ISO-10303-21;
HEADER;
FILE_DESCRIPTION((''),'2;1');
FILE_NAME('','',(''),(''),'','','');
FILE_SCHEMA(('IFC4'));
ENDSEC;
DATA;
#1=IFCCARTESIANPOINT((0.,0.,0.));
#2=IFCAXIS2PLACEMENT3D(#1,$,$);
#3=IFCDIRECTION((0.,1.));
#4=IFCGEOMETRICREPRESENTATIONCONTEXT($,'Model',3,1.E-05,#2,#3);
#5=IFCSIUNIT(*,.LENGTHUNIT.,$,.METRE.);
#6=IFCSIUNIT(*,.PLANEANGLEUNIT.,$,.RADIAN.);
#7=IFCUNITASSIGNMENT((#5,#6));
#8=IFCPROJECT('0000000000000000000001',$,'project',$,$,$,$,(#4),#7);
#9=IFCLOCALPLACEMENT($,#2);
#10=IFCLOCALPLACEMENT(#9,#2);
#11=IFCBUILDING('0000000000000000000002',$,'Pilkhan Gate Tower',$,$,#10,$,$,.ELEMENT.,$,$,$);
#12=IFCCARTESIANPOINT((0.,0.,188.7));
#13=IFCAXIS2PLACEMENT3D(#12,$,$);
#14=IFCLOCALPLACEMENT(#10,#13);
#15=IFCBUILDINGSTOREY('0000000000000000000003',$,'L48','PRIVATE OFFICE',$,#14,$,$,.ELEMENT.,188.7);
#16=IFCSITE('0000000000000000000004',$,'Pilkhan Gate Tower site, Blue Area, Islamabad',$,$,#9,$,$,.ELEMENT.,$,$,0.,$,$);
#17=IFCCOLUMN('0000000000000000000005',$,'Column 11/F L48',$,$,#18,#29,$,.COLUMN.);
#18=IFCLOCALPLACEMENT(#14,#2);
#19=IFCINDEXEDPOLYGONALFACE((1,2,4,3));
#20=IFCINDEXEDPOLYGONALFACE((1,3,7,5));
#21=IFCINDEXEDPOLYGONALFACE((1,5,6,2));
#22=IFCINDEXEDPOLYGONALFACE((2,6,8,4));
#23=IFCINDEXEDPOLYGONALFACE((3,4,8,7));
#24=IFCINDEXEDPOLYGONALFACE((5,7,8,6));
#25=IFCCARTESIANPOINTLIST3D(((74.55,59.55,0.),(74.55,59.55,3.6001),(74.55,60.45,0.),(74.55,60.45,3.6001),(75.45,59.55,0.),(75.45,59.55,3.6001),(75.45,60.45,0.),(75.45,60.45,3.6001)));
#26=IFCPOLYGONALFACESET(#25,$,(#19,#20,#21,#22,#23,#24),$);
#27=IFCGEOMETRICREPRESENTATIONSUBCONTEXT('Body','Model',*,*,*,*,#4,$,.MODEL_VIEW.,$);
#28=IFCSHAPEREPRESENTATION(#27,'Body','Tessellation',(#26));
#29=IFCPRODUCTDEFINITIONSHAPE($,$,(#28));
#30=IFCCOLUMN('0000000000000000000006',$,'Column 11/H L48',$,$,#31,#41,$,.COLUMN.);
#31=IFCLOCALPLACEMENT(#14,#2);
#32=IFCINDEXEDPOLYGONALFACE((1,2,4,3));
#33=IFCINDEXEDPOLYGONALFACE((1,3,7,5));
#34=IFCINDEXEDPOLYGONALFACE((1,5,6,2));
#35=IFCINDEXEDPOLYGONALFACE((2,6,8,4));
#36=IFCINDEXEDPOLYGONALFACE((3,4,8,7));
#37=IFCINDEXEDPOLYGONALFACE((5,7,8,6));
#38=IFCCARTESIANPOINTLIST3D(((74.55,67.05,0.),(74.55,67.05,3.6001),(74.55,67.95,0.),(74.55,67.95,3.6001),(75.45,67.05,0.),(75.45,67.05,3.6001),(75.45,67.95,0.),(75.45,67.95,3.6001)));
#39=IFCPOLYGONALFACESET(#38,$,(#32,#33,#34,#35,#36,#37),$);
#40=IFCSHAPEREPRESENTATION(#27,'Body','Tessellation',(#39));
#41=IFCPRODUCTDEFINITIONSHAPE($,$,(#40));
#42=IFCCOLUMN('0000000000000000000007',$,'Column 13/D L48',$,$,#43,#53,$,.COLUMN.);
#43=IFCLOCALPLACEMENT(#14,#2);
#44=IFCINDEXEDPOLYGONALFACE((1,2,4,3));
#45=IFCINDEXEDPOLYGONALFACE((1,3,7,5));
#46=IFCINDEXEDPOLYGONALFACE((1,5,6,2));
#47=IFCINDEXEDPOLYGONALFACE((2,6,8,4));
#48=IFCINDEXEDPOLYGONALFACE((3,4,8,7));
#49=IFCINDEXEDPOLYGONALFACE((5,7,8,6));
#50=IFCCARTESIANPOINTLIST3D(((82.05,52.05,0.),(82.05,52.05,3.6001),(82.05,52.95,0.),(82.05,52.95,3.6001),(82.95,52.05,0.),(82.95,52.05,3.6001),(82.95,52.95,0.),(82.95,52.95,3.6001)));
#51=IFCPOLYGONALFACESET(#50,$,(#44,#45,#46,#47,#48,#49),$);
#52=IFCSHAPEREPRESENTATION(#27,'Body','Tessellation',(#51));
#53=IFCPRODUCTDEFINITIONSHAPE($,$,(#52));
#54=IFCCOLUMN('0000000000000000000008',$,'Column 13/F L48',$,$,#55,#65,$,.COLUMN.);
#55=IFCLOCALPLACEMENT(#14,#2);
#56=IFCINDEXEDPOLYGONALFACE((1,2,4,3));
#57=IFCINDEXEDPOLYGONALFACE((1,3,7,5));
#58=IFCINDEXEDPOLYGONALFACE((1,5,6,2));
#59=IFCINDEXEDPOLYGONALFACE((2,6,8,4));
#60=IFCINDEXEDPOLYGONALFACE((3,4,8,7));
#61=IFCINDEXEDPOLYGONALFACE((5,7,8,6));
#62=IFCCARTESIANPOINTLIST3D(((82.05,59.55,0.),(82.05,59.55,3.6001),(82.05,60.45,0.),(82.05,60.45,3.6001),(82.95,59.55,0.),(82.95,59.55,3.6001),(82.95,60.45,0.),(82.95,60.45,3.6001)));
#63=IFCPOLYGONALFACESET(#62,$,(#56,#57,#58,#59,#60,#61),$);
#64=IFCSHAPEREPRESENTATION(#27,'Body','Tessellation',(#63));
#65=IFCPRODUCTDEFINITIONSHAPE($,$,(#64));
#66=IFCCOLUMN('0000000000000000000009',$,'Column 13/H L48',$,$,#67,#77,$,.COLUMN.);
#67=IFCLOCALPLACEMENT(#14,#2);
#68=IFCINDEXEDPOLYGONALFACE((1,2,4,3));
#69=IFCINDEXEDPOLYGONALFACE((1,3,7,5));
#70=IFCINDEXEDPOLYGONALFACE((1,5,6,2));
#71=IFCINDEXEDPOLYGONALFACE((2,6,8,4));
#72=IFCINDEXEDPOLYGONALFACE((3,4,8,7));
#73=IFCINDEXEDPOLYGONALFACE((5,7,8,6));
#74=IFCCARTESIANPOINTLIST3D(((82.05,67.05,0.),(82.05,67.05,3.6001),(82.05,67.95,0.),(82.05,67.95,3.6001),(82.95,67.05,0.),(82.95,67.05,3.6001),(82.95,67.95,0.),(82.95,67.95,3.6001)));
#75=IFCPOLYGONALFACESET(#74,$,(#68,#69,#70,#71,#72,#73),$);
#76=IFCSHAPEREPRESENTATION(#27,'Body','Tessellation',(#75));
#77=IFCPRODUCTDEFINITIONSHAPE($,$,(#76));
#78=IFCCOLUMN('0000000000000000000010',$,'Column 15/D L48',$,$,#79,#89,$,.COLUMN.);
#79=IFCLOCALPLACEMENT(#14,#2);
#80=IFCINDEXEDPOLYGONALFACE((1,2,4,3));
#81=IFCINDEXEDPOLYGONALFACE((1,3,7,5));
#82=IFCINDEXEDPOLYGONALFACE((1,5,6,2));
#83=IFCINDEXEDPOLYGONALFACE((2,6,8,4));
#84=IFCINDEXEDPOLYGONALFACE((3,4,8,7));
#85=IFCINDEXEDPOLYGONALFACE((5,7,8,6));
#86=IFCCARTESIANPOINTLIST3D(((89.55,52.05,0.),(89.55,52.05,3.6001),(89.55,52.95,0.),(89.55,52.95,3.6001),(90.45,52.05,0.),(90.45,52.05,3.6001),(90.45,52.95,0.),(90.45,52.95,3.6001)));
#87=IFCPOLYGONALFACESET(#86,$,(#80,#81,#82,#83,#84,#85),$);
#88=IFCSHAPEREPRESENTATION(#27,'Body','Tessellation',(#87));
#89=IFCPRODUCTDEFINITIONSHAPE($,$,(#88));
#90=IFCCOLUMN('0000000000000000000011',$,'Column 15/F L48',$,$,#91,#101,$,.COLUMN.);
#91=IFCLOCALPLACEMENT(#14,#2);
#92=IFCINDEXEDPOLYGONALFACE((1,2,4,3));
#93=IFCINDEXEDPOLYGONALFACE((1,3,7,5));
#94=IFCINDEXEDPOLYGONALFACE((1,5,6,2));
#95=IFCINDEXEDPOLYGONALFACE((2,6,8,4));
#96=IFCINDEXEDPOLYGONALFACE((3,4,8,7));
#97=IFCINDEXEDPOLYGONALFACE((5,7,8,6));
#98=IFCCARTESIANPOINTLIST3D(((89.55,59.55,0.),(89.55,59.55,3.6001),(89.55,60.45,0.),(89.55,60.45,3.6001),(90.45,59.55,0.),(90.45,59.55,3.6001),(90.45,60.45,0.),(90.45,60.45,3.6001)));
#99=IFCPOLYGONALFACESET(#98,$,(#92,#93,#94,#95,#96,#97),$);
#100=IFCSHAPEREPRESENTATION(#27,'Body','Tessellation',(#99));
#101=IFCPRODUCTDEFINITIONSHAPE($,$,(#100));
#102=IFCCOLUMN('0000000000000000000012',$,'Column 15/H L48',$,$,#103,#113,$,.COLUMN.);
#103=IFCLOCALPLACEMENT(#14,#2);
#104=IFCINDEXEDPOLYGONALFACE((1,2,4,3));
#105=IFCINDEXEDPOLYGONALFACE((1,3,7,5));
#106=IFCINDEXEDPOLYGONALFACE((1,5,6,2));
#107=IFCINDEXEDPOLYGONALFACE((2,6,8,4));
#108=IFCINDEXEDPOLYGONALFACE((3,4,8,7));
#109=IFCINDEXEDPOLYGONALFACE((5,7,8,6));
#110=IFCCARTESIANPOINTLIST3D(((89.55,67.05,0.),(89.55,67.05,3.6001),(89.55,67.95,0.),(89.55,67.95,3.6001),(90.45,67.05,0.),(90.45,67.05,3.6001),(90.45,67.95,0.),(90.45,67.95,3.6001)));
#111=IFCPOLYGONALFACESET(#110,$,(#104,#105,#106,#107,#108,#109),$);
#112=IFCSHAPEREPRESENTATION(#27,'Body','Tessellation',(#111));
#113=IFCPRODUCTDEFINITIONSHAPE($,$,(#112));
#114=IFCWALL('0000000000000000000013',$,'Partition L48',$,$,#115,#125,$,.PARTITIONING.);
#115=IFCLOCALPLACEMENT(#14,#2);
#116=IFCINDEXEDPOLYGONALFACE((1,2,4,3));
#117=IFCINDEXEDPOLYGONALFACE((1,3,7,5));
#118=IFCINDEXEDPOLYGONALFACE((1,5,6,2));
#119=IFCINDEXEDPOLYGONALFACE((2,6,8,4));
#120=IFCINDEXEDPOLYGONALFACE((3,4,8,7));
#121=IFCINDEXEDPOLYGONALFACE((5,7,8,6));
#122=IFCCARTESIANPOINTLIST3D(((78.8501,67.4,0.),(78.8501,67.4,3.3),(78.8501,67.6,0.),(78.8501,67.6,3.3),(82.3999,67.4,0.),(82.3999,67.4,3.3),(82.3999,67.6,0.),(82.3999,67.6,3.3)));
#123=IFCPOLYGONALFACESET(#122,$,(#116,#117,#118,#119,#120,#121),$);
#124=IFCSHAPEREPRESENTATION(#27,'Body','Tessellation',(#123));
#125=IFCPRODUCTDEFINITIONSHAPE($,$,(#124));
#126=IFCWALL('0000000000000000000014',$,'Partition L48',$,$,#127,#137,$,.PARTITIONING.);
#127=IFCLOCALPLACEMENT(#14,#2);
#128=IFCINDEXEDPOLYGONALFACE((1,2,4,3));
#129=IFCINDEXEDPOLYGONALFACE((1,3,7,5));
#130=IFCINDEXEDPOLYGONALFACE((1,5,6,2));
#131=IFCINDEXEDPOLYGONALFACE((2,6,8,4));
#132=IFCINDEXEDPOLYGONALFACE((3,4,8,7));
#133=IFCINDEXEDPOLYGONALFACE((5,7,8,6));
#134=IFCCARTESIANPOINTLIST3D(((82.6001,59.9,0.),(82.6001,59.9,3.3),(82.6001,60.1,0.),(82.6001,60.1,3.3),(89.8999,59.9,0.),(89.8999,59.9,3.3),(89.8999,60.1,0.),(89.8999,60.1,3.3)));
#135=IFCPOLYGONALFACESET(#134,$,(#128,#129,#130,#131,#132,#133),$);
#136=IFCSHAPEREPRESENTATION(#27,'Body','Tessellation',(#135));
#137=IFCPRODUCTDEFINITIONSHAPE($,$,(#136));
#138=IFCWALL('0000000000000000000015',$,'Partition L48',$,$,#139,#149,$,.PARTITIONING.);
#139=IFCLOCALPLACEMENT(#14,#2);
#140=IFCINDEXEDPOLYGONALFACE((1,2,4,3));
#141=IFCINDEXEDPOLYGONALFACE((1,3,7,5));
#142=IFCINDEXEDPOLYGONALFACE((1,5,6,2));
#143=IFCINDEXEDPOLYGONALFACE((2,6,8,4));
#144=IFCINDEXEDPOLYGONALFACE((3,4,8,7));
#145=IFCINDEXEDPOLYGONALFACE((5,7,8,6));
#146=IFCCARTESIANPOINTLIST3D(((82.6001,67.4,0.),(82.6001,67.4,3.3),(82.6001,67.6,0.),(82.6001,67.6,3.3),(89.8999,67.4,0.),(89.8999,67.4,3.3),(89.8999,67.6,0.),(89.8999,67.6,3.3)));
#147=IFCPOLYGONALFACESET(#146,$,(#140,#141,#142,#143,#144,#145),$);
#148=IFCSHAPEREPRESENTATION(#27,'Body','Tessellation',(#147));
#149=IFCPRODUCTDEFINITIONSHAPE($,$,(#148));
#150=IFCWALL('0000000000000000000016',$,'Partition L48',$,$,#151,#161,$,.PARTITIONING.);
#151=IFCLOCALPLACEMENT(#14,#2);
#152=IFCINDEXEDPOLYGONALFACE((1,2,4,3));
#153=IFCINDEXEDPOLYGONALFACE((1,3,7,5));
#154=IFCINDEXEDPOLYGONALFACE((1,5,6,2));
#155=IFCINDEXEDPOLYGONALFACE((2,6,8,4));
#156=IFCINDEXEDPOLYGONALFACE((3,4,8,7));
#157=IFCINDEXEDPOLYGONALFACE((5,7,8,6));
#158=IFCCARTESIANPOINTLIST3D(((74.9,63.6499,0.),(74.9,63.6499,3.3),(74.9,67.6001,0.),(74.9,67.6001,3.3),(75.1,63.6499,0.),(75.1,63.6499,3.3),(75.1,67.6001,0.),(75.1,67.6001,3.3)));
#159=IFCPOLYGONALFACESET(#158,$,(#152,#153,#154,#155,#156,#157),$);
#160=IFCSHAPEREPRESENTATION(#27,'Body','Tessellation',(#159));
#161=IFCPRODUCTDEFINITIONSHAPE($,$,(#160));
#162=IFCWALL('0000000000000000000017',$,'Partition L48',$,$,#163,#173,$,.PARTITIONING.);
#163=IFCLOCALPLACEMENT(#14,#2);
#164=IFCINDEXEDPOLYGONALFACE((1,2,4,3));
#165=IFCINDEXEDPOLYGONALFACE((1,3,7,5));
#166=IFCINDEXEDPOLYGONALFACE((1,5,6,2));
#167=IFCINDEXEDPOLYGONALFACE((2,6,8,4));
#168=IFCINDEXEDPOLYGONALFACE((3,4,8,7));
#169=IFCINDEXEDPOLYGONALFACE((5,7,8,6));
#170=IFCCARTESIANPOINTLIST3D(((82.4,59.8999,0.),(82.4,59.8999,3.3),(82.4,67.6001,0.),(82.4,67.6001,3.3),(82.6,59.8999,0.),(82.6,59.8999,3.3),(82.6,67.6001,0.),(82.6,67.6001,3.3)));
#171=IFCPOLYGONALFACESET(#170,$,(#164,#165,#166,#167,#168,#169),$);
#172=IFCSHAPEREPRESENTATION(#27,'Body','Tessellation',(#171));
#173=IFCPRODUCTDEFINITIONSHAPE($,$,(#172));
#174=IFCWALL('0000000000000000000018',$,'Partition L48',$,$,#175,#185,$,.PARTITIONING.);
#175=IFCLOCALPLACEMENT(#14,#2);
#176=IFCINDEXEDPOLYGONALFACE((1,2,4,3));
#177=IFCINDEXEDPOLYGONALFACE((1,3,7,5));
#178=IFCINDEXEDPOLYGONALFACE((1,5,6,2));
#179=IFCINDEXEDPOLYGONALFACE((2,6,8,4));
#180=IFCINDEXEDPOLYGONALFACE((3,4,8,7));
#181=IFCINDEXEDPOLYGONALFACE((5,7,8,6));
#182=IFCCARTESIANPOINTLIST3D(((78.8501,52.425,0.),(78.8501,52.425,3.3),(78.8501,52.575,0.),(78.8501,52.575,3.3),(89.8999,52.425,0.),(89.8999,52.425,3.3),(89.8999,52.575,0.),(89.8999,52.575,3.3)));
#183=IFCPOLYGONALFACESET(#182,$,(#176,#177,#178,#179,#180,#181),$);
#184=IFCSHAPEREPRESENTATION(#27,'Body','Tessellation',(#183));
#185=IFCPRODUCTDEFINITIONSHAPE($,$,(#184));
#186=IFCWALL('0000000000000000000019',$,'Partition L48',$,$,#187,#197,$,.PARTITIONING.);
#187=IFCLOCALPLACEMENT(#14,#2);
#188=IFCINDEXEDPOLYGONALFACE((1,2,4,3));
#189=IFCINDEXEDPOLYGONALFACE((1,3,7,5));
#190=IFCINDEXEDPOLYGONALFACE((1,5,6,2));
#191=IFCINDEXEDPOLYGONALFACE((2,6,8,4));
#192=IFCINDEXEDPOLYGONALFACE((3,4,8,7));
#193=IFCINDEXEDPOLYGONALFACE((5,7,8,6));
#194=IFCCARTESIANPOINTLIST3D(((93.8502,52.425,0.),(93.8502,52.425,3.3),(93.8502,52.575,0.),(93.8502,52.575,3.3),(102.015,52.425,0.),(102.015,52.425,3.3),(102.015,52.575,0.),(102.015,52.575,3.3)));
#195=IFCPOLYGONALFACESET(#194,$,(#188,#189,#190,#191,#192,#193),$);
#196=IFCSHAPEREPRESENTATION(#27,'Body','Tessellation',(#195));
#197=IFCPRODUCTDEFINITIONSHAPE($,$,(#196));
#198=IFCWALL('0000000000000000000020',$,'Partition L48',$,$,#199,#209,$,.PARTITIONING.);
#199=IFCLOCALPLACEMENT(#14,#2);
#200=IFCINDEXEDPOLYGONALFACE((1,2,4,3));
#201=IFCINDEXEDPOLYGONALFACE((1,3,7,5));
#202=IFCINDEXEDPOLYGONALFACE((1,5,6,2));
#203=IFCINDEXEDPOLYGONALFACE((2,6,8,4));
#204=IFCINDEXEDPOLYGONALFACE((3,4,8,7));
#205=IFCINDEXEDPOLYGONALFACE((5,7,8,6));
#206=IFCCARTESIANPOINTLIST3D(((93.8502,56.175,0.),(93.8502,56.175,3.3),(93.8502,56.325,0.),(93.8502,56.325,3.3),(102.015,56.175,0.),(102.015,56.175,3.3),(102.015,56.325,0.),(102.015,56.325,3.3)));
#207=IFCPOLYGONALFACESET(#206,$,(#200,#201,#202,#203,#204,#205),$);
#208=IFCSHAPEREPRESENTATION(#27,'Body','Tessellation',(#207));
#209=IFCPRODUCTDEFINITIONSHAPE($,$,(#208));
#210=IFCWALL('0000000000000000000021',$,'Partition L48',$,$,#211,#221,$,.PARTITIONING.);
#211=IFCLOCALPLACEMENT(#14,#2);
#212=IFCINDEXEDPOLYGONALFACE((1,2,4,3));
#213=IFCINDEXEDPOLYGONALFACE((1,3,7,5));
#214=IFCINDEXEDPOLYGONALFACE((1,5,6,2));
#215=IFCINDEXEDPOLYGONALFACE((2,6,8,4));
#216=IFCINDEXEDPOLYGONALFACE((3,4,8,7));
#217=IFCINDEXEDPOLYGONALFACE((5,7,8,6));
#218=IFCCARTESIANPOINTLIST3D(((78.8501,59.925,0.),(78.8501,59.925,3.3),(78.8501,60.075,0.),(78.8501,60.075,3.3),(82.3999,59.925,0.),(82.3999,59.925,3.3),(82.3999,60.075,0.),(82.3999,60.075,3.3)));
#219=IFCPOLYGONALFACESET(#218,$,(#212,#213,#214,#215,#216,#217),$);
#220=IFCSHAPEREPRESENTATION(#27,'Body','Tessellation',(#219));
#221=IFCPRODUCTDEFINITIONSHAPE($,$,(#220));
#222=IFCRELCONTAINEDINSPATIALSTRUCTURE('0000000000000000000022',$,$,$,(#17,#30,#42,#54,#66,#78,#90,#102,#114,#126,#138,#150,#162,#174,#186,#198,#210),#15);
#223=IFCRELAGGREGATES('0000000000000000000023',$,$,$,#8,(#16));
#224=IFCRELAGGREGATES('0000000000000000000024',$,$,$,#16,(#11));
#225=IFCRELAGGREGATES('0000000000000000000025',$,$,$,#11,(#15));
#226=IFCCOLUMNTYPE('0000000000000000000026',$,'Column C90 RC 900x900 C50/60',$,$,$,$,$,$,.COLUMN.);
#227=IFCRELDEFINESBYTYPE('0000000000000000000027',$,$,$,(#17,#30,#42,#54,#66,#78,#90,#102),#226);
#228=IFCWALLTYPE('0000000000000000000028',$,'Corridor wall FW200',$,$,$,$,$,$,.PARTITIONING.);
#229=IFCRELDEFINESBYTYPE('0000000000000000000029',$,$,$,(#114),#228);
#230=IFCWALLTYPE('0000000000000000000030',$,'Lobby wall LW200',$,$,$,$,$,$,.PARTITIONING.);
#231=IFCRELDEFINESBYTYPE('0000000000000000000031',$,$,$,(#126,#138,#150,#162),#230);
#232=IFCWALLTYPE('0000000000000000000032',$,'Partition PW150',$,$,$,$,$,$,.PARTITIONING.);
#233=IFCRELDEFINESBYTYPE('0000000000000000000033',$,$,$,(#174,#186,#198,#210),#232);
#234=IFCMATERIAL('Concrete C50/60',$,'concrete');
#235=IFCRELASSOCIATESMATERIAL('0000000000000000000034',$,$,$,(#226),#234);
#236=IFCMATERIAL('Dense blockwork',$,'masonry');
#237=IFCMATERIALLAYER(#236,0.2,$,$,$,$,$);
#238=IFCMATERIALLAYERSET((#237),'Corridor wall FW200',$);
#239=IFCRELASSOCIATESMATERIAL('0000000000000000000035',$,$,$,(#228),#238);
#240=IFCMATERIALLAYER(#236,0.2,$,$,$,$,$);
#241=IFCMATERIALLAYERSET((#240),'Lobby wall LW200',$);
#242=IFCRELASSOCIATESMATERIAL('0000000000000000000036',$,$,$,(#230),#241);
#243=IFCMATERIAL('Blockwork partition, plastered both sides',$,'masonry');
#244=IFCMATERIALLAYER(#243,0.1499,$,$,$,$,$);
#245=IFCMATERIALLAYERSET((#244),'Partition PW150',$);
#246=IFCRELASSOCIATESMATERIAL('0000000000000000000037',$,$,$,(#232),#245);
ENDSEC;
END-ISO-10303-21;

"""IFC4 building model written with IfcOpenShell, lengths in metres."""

from ifc_helpers import new_model, si_unit, direction, frame, frame_2d, origin, origin_2d, place, context, subcontext, project, spatial, rectangle, extrude, material, layer, layer_set, material_profile, profile_set, type_object, element, save


model = new_model("IFC4")

# Units and contexts
model_context = context("Model", 3, precision=1e-05, world=origin(), true_north=direction((0.0, 1.0)))
body_context = subcontext(model_context, "Body", "Model", "MODEL_VIEW")
ifc_project = project(units=[si_unit("LENGTHUNIT", "METRE"), si_unit("PLANEANGLEUNIT", "RADIAN")], contexts=[model_context])

# Site, building, storey
site_placement = place(None, origin())
site = spatial("IfcSite", under=ifc_project, at=site_placement, Name="Pilkhan Gate Tower site, Blue Area, Islamabad", CompositionType="ELEMENT", RefElevation=0.0)
building_placement = place(site_placement, origin())
building = spatial("IfcBuilding", under=site, at=building_placement, Name="Pilkhan Gate Tower", CompositionType="ELEMENT")
storey_placement = place(building_placement, frame((0.0, 0.0, 188.7)))
storey = spatial("IfcBuildingStorey", under=building, at=storey_placement, Name="L48", Description="PRIVATE OFFICE", CompositionType="ELEMENT", Elevation=188.7)

# Columns
ifc_material_1 = material(Name="Concrete C50/60", Category="concrete")
ifc_material_profile = material_profile(ifc_material_1, rectangle(XDim=0.8999, YDim=0.8999, at=origin_2d()), Name="RC 900x900")
ifc_profile_set = profile_set([ifc_material_profile], Name="Concrete C50/60")
column_type = type_object("IfcColumnType", Name="Column C90 RC 900x900 C50/60", PredefinedType="COLUMN", material=ifc_profile_set)
for number, where, z_axis, x_axis, name in (
    (1, (75.0, 60.0, 0.0), (0.0, 0.0, 1.0), (1.0, 0.0, 0.0), "Column 11/F L48"),
    (2, (75.0, 67.5, 0.0), (0.0, 0.0, 1.0), (1.0, 0.0, 0.0), "Column 11/H L48"),
    (3, (82.5, 52.5, 0.0), (0.0, 0.0, 1.0), (1.0, 0.0, 0.0), "Column 13/D L48"),
    (4, (82.5, 60.0, 0.0), (0.0, 0.0, 1.0), (1.0, 0.0, 0.0), "Column 13/F L48"),
    (5, (82.5, 67.5, 0.0), (0.0, 0.0, 1.0), (1.0, 0.0, 0.0), "Column 13/H L48"),
    (6, (90.0, 52.5, 0.0), (0.0, 0.0, 1.0), (1.0, 0.0, 0.0), "Column 15/D L48"),
    (7, (90.0, 60.0, 0.0), (0.0, 0.0, 1.0), (1.0, 0.0, 0.0), "Column 15/F L48"),
    (8, (90.0, 67.5, 0.0), (0.0, 0.0, 1.0), (1.0, 0.0, 0.0), "Column 15/H L48"),
):
    element("IfcColumn", number, at=place(storey_placement, frame(where, z_axis=z_axis, x_axis=x_axis)), inside=storey, type_object=column_type, Name=name, PredefinedType="COLUMN", context=body_context, shape_type="SweptSolid", body=[
        extrude(rectangle(XDim=0.8999, YDim=0.8999, at=origin_2d()), origin(), (0.0, 0.0, 1.0), 3.6001),
    ])

# Walls
ifc_material_2 = material(Name="Dense blockwork", Category="masonry")
ifc_layer_1 = layer(ifc_material_2, 0.2)
ifc_layer_set_1 = layer_set([ifc_layer_1], Name="Corridor wall FW200")
wall_type_1 = type_object("IfcWallType", Name="Corridor wall FW200", PredefinedType="PARTITIONING", material=ifc_layer_set_1)
wall_1_placement = place(storey_placement, frame((78.8501, 67.5, 0.0), z_axis=(0.0, 0.0, 1.0), x_axis=(1.0, 0.0, 0.0)))
element("IfcWall", 9, at=wall_1_placement, inside=storey, type_object=wall_type_1, Name="Partition L48", PredefinedType="PARTITIONING", context=body_context, shape_type="SweptSolid", body=[
    extrude(rectangle(XDim=3.5498, YDim=0.2, at=frame_2d((1.7749, 0.0))), origin(), (0.0, 0.0, 1.0), 3.3),
])
ifc_layer_2 = layer(ifc_material_2, 0.2)
ifc_layer_set_2 = layer_set([ifc_layer_2], Name="Lobby wall LW200")
wall_type_2 = type_object("IfcWallType", Name="Lobby wall LW200", PredefinedType="PARTITIONING", material=ifc_layer_set_2)
for number, where, z_axis, x_axis, name in (
    (10, (82.6001, 60.0, 0.0), (0.0, 0.0, 1.0), (1.0, 0.0, 0.0), "Partition L48"),
    (11, (82.6001, 67.5, 0.0), (0.0, 0.0, 1.0), (1.0, 0.0, 0.0), "Partition L48"),
):
    element("IfcWall", number, at=place(storey_placement, frame(where, z_axis=z_axis, x_axis=x_axis)), inside=storey, type_object=wall_type_2, Name=name, PredefinedType="PARTITIONING", context=body_context, shape_type="SweptSolid", body=[
        extrude(rectangle(XDim=7.2998, YDim=0.2, at=frame_2d((3.6499, 0.0))), origin(), (0.0, 0.0, 1.0), 3.3),
    ])
wall_2_placement = place(storey_placement, frame((75.0, 63.6499, 0.0), z_axis=(0.0, 0.0, 1.0), x_axis=(0.0, 1.0, 0.0)))
element("IfcWall", 12, at=wall_2_placement, inside=storey, type_object=wall_type_2, Name="Partition L48", PredefinedType="PARTITIONING", context=body_context, shape_type="SweptSolid", body=[
    extrude(rectangle(XDim=3.9502, YDim=0.2, at=frame_2d((1.9751, 0.0))), origin(), (0.0, 0.0, 1.0), 3.3),
])
wall_3_placement = place(storey_placement, frame((82.5, 59.8999, 0.0), z_axis=(0.0, 0.0, 1.0), x_axis=(0.0, 1.0, 0.0)))
element("IfcWall", 13, at=wall_3_placement, inside=storey, type_object=wall_type_2, Name="Partition L48", PredefinedType="PARTITIONING", context=body_context, shape_type="SweptSolid", body=[
    extrude(rectangle(XDim=7.7002, YDim=0.2, at=frame_2d((3.8501, 0.0))), origin(), (0.0, 0.0, 1.0), 3.3),
])

# Walls
ifc_material_3 = material(Name="Blockwork partition, plastered both sides", Category="masonry")
ifc_layer_3 = layer(ifc_material_3, 0.1499)
ifc_layer_set_3 = layer_set([ifc_layer_3], Name="Partition PW150")
wall_type_3 = type_object("IfcWallType", Name="Partition PW150", PredefinedType="PARTITIONING", material=ifc_layer_set_3)
wall_4_placement = place(storey_placement, frame((78.8501, 52.5, 0.0), z_axis=(0.0, 0.0, 1.0), x_axis=(1.0, 0.0, 0.0)))
element("IfcWall", 14, at=wall_4_placement, inside=storey, type_object=wall_type_3, Name="Partition L48", PredefinedType="PARTITIONING", context=body_context, shape_type="SweptSolid", body=[
    extrude(rectangle(XDim=11.0498, YDim=0.1499, at=frame_2d((5.5249, 0.0))), origin(), (0.0, 0.0, 1.0), 3.3),
])
for number, where, z_axis, x_axis, name in (
    (15, (93.8501, 52.5, 0.0), (0.0, 0.0, 1.0), (1.0, 0.0, 0.0), "Partition L48"),
    (16, (93.8501, 56.25, 0.0), (0.0, 0.0, 1.0), (1.0, 0.0, 0.0), "Partition L48"),
):
    element("IfcWall", number, at=place(storey_placement, frame(where, z_axis=z_axis, x_axis=x_axis)), inside=storey, type_object=wall_type_3, Name=name, PredefinedType="PARTITIONING", context=body_context, shape_type="SweptSolid", body=[
        extrude(rectangle(XDim=8.1648, YDim=0.1499, at=frame_2d((4.0825, 0.0))), origin(), (0.0, 0.0, 1.0), 3.3),
    ])
wall_5_placement = place(storey_placement, frame((78.8501, 60.0, 0.0), z_axis=(0.0, 0.0, 1.0), x_axis=(1.0, 0.0, 0.0)))
element("IfcWall", 17, at=wall_5_placement, inside=storey, type_object=wall_type_3, Name="Partition L48", PredefinedType="PARTITIONING", context=body_context, shape_type="SweptSolid", body=[
    extrude(rectangle(XDim=3.5498, YDim=0.1499, at=frame_2d((1.7749, 0.0))), origin(), (0.0, 0.0, 1.0), 3.3),
])

save(model, "model.ifc")
